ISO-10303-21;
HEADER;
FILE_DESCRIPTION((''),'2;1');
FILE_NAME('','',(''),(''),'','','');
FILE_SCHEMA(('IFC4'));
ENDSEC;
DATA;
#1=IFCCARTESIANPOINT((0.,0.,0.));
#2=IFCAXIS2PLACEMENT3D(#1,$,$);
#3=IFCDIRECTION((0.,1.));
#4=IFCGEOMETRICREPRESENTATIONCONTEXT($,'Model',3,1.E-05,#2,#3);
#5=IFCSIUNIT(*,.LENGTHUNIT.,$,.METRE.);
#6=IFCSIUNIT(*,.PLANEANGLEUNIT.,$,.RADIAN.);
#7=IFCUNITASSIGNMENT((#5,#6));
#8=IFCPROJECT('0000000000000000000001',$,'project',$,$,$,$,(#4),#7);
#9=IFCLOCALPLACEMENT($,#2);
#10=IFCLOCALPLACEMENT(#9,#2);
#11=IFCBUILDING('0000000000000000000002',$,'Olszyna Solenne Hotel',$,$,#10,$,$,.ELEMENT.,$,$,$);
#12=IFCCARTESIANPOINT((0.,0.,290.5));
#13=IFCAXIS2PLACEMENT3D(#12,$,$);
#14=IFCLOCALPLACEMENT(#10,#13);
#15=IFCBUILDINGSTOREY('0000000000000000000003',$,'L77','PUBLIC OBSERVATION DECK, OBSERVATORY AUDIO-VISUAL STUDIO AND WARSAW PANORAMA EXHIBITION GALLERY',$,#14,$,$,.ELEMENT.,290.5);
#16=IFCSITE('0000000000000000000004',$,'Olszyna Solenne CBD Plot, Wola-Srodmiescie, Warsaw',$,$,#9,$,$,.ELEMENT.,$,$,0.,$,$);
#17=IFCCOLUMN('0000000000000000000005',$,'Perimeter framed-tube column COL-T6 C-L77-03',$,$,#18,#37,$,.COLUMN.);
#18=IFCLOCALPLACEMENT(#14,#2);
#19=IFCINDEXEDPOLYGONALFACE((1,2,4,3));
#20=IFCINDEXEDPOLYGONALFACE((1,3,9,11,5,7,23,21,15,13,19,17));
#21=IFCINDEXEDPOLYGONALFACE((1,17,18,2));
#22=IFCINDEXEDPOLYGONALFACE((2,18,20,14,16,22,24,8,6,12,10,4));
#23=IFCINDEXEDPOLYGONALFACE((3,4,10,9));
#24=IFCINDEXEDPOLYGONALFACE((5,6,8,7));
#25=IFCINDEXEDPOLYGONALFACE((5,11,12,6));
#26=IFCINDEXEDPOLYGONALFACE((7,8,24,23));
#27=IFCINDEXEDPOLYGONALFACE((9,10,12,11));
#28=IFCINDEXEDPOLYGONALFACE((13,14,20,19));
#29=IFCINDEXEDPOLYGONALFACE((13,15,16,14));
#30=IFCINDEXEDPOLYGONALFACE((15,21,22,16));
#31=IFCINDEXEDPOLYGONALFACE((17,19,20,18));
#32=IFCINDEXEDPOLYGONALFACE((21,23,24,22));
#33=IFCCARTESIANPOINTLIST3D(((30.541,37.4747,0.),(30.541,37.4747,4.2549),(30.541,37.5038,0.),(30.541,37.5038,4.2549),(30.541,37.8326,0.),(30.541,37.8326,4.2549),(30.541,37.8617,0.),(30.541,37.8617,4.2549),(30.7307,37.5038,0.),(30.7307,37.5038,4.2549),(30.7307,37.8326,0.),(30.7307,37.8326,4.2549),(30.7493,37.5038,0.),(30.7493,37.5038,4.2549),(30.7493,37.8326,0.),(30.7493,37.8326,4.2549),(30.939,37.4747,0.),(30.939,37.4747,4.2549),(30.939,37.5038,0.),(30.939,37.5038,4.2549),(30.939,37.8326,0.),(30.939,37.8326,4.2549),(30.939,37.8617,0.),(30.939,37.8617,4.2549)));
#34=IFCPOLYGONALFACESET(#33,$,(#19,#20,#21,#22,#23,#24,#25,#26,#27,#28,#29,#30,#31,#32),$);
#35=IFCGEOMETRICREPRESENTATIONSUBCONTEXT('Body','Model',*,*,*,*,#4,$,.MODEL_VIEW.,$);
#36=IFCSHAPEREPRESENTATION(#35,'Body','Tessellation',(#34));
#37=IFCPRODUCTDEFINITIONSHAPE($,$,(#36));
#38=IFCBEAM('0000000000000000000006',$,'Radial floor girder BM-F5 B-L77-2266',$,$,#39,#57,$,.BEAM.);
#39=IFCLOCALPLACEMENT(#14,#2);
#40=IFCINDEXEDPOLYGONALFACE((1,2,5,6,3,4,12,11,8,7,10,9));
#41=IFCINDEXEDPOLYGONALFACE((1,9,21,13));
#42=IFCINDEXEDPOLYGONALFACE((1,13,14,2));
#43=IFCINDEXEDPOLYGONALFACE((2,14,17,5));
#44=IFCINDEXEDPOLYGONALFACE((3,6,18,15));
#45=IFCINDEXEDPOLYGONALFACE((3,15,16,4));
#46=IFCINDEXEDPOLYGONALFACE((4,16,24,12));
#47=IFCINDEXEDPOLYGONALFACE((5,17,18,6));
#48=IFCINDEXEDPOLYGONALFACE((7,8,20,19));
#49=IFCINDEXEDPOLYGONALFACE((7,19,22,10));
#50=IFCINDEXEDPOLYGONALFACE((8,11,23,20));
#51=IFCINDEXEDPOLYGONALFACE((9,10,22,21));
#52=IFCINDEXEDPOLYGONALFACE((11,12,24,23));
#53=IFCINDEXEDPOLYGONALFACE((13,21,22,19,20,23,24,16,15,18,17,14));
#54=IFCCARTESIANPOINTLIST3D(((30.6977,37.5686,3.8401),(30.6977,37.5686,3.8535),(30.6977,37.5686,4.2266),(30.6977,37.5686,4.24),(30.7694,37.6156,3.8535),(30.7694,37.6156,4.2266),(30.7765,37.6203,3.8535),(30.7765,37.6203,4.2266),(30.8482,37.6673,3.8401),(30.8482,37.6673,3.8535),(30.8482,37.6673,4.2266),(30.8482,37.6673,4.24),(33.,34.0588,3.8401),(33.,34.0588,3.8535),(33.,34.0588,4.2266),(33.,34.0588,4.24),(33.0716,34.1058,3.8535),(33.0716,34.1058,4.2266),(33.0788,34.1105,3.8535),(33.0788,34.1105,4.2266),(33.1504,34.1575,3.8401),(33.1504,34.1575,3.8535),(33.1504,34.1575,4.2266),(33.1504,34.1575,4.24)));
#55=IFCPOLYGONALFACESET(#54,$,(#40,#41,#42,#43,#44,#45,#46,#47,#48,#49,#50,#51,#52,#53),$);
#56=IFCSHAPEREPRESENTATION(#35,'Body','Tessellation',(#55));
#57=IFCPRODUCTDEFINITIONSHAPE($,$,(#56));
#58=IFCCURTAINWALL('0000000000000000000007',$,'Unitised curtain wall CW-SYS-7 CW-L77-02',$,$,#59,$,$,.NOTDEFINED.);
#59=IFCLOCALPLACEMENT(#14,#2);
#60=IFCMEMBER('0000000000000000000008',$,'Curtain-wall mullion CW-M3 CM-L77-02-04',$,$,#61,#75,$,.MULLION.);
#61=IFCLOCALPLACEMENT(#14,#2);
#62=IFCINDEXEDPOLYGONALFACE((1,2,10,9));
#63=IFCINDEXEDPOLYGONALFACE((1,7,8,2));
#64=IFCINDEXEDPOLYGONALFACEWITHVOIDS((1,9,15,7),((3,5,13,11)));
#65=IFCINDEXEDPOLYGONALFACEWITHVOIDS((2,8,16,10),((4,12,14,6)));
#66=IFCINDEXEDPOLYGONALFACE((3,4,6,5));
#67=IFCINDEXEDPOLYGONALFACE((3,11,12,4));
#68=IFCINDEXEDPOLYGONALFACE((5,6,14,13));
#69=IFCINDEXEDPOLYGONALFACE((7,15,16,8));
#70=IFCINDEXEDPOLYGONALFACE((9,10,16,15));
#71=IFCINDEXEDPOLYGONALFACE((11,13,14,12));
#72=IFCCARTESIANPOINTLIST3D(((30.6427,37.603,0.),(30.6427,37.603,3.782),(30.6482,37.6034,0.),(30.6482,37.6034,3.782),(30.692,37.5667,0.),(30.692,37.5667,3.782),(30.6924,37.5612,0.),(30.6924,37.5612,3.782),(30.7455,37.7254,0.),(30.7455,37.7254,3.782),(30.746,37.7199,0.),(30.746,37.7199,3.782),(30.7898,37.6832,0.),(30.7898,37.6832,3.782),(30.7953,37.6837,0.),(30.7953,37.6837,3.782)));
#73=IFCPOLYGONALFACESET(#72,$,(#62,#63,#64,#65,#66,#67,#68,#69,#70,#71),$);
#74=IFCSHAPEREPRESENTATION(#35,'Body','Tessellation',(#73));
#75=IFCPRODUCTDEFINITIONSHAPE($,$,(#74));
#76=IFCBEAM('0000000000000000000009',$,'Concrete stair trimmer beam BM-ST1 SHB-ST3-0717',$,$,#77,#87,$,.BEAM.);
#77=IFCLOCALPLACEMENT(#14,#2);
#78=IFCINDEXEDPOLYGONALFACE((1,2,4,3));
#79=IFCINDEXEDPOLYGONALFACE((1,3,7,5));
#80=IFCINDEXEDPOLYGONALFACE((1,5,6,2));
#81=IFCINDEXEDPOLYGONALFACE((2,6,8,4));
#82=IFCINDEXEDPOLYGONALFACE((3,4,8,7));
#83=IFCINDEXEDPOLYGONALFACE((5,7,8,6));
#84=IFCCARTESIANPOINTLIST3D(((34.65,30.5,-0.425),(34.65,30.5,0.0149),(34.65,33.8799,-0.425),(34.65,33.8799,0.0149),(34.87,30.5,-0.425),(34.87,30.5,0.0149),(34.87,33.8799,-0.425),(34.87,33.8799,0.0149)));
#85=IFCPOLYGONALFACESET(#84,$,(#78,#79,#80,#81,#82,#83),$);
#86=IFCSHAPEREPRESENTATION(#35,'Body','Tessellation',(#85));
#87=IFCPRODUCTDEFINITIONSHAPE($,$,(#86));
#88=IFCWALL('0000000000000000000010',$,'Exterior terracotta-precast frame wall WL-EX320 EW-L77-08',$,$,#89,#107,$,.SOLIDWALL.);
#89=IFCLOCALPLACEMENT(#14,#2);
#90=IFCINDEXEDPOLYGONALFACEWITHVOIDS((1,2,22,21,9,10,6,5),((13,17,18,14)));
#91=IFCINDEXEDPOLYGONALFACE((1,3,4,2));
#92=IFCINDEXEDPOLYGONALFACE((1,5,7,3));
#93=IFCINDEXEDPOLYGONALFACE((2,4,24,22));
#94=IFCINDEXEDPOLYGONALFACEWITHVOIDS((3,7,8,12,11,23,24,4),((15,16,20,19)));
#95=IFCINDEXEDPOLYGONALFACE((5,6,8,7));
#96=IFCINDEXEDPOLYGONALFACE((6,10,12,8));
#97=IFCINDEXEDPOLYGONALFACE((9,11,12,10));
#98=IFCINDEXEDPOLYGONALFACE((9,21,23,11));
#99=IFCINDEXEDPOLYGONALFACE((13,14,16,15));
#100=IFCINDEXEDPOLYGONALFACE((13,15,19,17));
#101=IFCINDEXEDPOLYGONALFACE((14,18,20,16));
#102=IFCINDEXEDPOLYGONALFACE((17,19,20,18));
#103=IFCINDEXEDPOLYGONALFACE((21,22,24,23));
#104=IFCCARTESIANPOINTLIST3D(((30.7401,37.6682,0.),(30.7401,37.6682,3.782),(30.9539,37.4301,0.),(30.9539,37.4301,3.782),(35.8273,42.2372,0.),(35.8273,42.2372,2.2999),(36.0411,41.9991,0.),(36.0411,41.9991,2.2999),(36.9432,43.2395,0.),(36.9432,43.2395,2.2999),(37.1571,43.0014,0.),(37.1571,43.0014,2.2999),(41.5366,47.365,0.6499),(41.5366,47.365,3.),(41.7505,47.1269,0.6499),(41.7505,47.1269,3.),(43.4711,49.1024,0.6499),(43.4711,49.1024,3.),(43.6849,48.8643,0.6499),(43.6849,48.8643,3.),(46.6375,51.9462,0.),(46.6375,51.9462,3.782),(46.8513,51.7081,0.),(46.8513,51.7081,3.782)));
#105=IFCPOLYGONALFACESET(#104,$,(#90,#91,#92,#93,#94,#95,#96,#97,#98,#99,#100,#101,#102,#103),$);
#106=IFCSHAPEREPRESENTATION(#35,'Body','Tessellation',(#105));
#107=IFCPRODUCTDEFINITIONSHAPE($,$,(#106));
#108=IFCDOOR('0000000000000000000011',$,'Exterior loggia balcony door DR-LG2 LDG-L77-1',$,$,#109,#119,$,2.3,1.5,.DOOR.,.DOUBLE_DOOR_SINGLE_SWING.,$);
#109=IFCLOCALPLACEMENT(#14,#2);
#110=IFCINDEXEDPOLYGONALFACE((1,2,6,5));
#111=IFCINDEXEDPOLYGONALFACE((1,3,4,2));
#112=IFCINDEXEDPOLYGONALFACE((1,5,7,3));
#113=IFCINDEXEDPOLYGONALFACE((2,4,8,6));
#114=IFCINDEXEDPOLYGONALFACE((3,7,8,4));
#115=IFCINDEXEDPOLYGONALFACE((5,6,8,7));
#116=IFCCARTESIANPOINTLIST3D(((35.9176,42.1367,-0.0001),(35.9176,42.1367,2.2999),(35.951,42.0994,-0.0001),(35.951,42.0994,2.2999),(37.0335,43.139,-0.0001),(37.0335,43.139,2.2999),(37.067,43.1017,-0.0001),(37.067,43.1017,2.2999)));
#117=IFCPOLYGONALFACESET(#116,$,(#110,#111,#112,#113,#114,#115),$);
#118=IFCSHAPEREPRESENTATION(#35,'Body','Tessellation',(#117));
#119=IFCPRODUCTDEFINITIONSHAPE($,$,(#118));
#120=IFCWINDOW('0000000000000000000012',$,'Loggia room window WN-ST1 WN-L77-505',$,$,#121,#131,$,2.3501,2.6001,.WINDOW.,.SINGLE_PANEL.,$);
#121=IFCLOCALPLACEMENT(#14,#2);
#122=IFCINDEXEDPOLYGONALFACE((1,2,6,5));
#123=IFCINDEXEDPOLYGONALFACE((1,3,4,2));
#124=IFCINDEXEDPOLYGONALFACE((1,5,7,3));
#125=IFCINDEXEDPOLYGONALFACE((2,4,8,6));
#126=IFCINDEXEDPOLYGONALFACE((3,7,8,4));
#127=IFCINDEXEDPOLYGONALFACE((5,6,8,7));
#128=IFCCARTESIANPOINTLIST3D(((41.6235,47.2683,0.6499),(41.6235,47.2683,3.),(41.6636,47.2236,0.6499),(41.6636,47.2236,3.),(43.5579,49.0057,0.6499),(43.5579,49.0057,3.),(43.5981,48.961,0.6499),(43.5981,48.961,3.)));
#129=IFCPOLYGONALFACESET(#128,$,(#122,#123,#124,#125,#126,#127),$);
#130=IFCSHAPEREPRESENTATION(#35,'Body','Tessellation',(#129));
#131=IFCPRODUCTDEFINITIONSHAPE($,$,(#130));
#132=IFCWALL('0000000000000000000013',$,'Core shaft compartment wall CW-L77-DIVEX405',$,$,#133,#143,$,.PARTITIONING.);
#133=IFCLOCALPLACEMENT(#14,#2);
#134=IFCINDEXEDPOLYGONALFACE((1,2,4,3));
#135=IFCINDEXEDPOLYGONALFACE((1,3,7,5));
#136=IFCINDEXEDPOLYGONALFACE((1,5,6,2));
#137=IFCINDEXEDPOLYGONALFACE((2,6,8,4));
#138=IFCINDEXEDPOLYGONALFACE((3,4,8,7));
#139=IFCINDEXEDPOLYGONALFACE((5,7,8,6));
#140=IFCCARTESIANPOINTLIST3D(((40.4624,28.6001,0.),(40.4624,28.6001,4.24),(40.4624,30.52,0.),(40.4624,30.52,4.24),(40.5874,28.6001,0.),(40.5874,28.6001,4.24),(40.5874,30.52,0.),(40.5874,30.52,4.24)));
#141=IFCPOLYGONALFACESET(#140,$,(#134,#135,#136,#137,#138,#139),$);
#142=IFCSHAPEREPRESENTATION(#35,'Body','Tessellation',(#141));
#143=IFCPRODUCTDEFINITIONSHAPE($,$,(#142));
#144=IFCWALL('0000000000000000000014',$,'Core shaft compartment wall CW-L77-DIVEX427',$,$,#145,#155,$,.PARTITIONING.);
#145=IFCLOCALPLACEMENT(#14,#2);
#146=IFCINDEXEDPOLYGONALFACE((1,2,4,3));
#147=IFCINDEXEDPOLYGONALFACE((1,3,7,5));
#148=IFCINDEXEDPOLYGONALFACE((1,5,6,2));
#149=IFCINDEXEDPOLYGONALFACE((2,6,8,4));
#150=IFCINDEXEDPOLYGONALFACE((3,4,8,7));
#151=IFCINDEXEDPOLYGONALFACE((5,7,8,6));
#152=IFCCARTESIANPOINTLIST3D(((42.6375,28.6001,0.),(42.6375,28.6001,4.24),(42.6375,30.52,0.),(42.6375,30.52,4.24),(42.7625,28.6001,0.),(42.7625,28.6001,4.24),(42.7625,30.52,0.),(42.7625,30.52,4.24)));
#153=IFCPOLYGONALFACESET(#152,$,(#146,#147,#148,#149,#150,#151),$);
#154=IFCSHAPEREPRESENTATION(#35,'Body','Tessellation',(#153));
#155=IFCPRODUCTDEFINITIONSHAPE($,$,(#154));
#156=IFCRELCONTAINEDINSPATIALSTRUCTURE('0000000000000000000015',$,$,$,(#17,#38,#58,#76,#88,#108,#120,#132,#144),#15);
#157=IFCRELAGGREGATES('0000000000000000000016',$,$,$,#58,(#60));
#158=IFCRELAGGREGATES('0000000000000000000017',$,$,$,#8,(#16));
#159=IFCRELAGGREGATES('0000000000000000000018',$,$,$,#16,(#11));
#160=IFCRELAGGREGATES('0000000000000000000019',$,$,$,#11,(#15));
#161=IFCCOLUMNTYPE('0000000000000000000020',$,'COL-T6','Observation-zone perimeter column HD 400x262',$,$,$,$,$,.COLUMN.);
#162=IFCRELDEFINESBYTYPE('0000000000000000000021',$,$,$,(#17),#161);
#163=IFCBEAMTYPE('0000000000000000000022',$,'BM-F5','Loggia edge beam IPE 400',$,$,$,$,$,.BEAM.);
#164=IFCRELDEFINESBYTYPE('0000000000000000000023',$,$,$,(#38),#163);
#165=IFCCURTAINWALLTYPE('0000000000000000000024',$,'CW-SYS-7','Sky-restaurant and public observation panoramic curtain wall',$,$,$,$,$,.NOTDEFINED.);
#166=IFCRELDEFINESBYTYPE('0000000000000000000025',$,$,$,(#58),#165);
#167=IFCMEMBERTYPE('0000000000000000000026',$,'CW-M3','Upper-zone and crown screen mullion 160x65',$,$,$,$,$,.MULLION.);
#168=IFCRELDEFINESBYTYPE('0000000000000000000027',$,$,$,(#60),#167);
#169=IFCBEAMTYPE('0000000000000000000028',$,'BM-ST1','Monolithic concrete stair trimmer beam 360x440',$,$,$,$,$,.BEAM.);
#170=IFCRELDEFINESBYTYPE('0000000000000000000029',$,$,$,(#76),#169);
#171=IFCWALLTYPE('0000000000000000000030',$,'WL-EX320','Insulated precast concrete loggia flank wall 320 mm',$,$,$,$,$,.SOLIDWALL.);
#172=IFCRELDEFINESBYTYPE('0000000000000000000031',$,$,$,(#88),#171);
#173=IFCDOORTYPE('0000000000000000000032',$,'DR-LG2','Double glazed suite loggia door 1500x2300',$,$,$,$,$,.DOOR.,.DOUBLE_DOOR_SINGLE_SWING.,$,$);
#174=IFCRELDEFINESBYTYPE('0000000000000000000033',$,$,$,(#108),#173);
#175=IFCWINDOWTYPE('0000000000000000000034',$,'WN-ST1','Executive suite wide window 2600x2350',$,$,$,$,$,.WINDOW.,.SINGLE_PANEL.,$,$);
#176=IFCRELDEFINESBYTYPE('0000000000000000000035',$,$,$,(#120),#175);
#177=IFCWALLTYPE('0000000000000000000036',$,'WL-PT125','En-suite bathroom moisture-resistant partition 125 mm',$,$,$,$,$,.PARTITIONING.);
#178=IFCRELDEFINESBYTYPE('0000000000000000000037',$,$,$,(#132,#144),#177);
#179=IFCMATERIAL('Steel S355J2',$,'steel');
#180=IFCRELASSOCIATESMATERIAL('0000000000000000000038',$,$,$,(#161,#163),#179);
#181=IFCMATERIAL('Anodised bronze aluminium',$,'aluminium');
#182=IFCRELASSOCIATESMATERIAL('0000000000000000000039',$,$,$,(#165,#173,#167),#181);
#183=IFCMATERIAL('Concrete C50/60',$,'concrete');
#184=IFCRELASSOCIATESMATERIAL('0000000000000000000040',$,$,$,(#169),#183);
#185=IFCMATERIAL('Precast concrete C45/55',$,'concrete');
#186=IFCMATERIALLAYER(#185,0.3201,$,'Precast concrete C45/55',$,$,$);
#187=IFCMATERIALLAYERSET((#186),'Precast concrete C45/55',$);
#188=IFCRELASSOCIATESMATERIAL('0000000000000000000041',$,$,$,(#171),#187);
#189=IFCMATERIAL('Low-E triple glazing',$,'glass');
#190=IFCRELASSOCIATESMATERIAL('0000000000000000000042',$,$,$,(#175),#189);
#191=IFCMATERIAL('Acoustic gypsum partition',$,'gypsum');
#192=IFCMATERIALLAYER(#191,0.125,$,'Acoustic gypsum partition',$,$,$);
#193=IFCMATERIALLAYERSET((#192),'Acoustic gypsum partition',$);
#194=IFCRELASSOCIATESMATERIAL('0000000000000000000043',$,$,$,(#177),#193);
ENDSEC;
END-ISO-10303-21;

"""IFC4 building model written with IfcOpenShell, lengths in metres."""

from ifc_helpers import new_model, si_unit, direction, frame, frame_2d, origin, origin_2d, place, context, subcontext, project, spatial, rectangle, hollow_rectangle, i_section, extrude, source, transform, mapped, material, layer, layer_set, material_profile, profile_set, type_object, type_shapes, element, fill, aggregate, save


model = new_model("IFC4")

# Units and contexts
model_context = context("Model", 3, precision=1e-05, world=origin(), true_north=direction((0.0, 1.0)))
body_context = subcontext(model_context, "Body", "Model", "MODEL_VIEW")
ifc_project = project(units=[si_unit("LENGTHUNIT", "METRE"), si_unit("PLANEANGLEUNIT", "RADIAN")], contexts=[model_context])

# Site, building, storey
site_placement = place(None, origin())
site = spatial("IfcSite", under=ifc_project, at=site_placement, Name="Olszyna Solenne CBD Plot, Wola-Srodmiescie, Warsaw", CompositionType="ELEMENT", RefElevation=0.0)
building_placement = place(site_placement, origin())
building = spatial("IfcBuilding", under=site, at=building_placement, Name="Olszyna Solenne Hotel", CompositionType="ELEMENT")
storey_placement = place(building_placement, frame((0.0, 0.0, 290.5)))
storey = spatial("IfcBuildingStorey", under=building, at=storey_placement, Name="L77", Description="PUBLIC OBSERVATION DECK, OBSERVATORY AUDIO-VISUAL STUDIO AND WARSAW PANORAMA EXHIBITION GALLERY", CompositionType="ELEMENT", Elevation=290.5)

# Column
ifc_material_1 = material(Name="Steel S355J2", Category="steel")
ifc_material_profile_1 = material_profile(ifc_material_1, i_section(OverallWidth=0.3979, OverallDepth=0.387, WebThickness=0.0186, FlangeThickness=0.0291, at=origin_2d()), Name="HD 400x262", Category="load-bearing")
ifc_profile_set_1 = profile_set([ifc_material_profile_1], Name="Steel S355J2")
column_type = type_object("IfcColumnType", Name="COL-T6", Description="Observation-zone perimeter column HD 400x262", PredefinedType="COLUMN", material=ifc_profile_set_1)
shared_shape_1 = source(origin(), body_context, "Body", "SweptSolid", [
    extrude(i_section(OverallWidth=0.3979, OverallDepth=0.387, WebThickness=0.0186, FlangeThickness=0.0291, at=origin_2d()), origin(), (0.0, 0.0, 1.0), 4.2549),
])
column_placement = place(storey_placement, frame((30.74, 37.6682, 0.0), z_axis=(0.0, 0.0, 1.0), x_axis=(1.0, 0.0, 0.0)))
element("IfcColumn", 1, at=column_placement, inside=storey, type_object=column_type, Name="Perimeter framed-tube column COL-T6 C-L77-03", PredefinedType="COLUMN", context=body_context, shape_type="MappedRepresentation", body=[
    mapped(shared_shape_1, transform((0.0, 0.0, 0.0), x_axis=(1.0, 0.0, 0.0), y_axis=(0.0, 1.0, 0.0), z_axis=(0.0, 0.0, 1.0), scale=1.0)),
])

# Beam
ifc_material_profile_2 = material_profile(ifc_material_1, i_section(OverallWidth=0.1799, OverallDepth=0.3999, WebThickness=0.0085, FlangeThickness=0.0134, at=origin_2d()), Name="IPE 400", Category="load-bearing")
ifc_profile_set_2 = profile_set([ifc_material_profile_2], Name="Steel S355J2")
beam_type_1 = type_object("IfcBeamType", Name="BM-F5", Description="Loggia edge beam IPE 400", PredefinedType="BEAM", material=ifc_profile_set_2)
shared_shape_2 = source(origin(), body_context, "Body", "SweptSolid", [
    extrude(i_section(OverallWidth=0.1799, OverallDepth=0.3999, WebThickness=0.0085, FlangeThickness=0.0134, at=origin_2d()), origin(), (0.0, 0.0, 1.0), 4.1975),
])
beam_1_placement = place(storey_placement, frame((30.7729, 37.6179, 4.04), z_axis=(0.548484, -0.836161, 0.0), x_axis=(0.836161, 0.548484, 0.0)))
element("IfcBeam", 2, at=beam_1_placement, inside=storey, type_object=beam_type_1, Name="Radial floor girder BM-F5 B-L77-2266", PredefinedType="BEAM", context=body_context, shape_type="MappedRepresentation", body=[
    mapped(shared_shape_2, transform((0.0, 0.0, 0.0), x_axis=(1.0, 0.0, 0.0), y_axis=(0.0, 1.0, 0.0), z_axis=(0.0, 0.0, 1.0), scale=1.0)),
])

# Curtain wall, member
ifc_material_2 = material(Name="Anodised bronze aluminium", Category="aluminium")
curtain_wall_type = type_object("IfcCurtainWallType", Name="CW-SYS-7", Description="Sky-restaurant and public observation panoramic curtain wall", PredefinedType="NOTDEFINED", material=ifc_material_2)
curtain_wall_placement = place(storey_placement, origin())
curtain_wall = element("IfcCurtainWall", 3, at=curtain_wall_placement, inside=storey, type_object=curtain_wall_type, Name="Unitised curtain wall CW-SYS-7 CW-L77-02", PredefinedType="NOTDEFINED")
ifc_material_profile_3 = material_profile(ifc_material_2, hollow_rectangle(XDim=0.0649, YDim=0.1599, WallThickness=0.0039, at=origin_2d()), Name="MULL 160x65x4", Category="load-bearing")
ifc_profile_set_3 = profile_set([ifc_material_profile_3], Name="Anodised bronze aluminium")
member_type = type_object("IfcMemberType", Name="CW-M3", Description="Upper-zone and crown screen mullion 160x65", PredefinedType="MULLION", material=ifc_profile_set_3)
shared_shape_3 = source(origin(), body_context, "Body", "SweptSolid", [
    extrude(hollow_rectangle(XDim=0.0649, YDim=0.1599, WallThickness=0.0039, at=origin_2d()), origin(), (0.0, 0.0, 1.0), 3.782),
])
member_placement = place(storey_placement, frame((30.719, 37.6433, 0.0), z_axis=(0.0, 0.0, 1.0), x_axis=(-0.765808, 0.643069, 0.0)))
member = element("IfcMember", 4, at=member_placement, type_object=member_type, Name="Curtain-wall mullion CW-M3 CM-L77-02-04", PredefinedType="MULLION", context=body_context, shape_type="MappedRepresentation", body=[
    mapped(shared_shape_3, transform((0.0, 0.0, 0.0), x_axis=(1.0, 0.0, 0.0), y_axis=(0.0, 1.0, 0.0), z_axis=(0.0, 0.0, 1.0), scale=1.0)),
])
aggregate(curtain_wall, [member])

# Beam
ifc_material_3 = material(Name="Concrete C50/60", Category="concrete")
ifc_material_profile_4 = material_profile(ifc_material_3, rectangle(XDim=0.22, YDim=0.4399, at=origin_2d()), Name="RC 220x440", Category="load-bearing")
ifc_profile_set_4 = profile_set([ifc_material_profile_4], Name="Concrete C50/60")
beam_type_2 = type_object("IfcBeamType", Name="BM-ST1", Description="Monolithic concrete stair trimmer beam 360x440", PredefinedType="BEAM", material=ifc_profile_set_4)
shared_shape_4 = source(origin(), body_context, "Body", "SweptSolid", [
    extrude(rectangle(XDim=0.22, YDim=0.4399, at=origin_2d()), origin(), (0.0, 0.0, 1.0), 3.3799),
])
beam_2_placement = place(storey_placement, frame((34.76, 30.5, -0.2051), z_axis=(0.0, 1.0, 0.0), x_axis=(-1.0, 0.0, 0.0)))
element("IfcBeam", 5, at=beam_2_placement, inside=storey, type_object=beam_type_2, Name="Concrete stair trimmer beam BM-ST1 SHB-ST3-0717", PredefinedType="BEAM", context=body_context, shape_type="MappedRepresentation", body=[
    mapped(shared_shape_4, transform((0.0, 0.0, 0.0), x_axis=(1.0, 0.0, 0.0), y_axis=(0.0, 1.0, 0.0), z_axis=(0.0, 0.0, 1.0), scale=1.0)),
])

# Wall, openings, door, window
ifc_material_4 = material(Name="Precast concrete C45/55", Category="concrete")
ifc_layer_1 = layer(ifc_material_4, 0.3201, Name="Precast concrete C45/55")
ifc_layer_set_1 = layer_set([ifc_layer_1], Name="Precast concrete C45/55")
wall_type_1 = type_object("IfcWallType", Name="WL-EX320", Description="Insulated precast concrete loggia flank wall 320 mm", PredefinedType="SOLIDWALL", material=ifc_layer_set_1)
wall_1_placement = place(storey_placement, frame((30.8469, 37.5491, 0.0), z_axis=(0.0, 0.0, 1.0), x_axis=(0.743983, 0.668198, 0.0)))
wall_1 = element("IfcWall", 6, at=wall_1_placement, inside=storey, type_object=wall_type_1, Name="Exterior terracotta-precast frame wall WL-EX320 EW-L77-08", PredefinedType="SOLIDWALL", context=body_context, shape_type="SweptSolid", body=[
    extrude(rectangle(XDim=21.3679, YDim=0.3201, at=frame_2d((10.6841, 0.0))), origin(), (0.0, 0.0, 1.0), 3.782),
])
opening_1_placement = place(wall_1_placement, frame((6.8379, 0.0, 0.0)))
opening_1 = element("IfcOpeningElement", 7, at=opening_1_placement, cuts=wall_1, PredefinedType="OPENING", context=body_context, shape_type="SweptSolid", body=[
    extrude(rectangle(XDim=1.5, YDim=2.3, at=frame_2d((0.75, 1.1499))), frame((0.0, 0.1699, 0.0), z_axis=(0.0, -1.0, 0.0), x_axis=(1.0, 0.0, 0.0)), (0.0, 0.0, 1.0), 0.3401),
])
opening_2_placement = place(wall_1_placement, frame((14.512, 0.0, 0.6499)))
opening_2 = element("IfcOpeningElement", 8, at=opening_2_placement, cuts=wall_1, PredefinedType="OPENING", context=body_context, shape_type="SweptSolid", body=[
    extrude(rectangle(XDim=2.6001, YDim=2.3501, at=frame_2d((1.3, 1.175))), frame((0.0, 0.1699, 0.0), z_axis=(0.0, -1.0, 0.0), x_axis=(1.0, 0.0, 0.0)), (0.0, 0.0, 1.0), 0.3401),
])
door_type = type_object("IfcDoorType", Name="DR-LG2", Description="Double glazed suite loggia door 1500x2300", OperationType="DOUBLE_DOOR_SINGLE_SWING", PredefinedType="DOOR", material=ifc_material_2)
shared_shape_5 = source(origin(), body_context, "Body", "SweptSolid", [
    extrude(rectangle(XDim=1.5, YDim=2.3, at=frame_2d((0.75, 1.1499))), frame((0.0, 0.0249, 0.0), z_axis=(0.0, -1.0, 0.0), x_axis=(1.0, 0.0, 0.0)), (0.0, 0.0, 1.0), 0.05),
])
type_shapes(door_type, [shared_shape_5])
door_placement = place(opening_1_placement, origin())
door = element("IfcDoor", 9, at=door_placement, inside=storey, type_object=door_type, Name="Exterior loggia balcony door DR-LG2 LDG-L77-1", OperationType="DOUBLE_DOOR_SINGLE_SWING", OverallHeight=2.3, OverallWidth=1.5, PredefinedType="DOOR", context=body_context, shape_type="MappedRepresentation", body=[
    mapped(shared_shape_5, transform((0.0, 0.0, 0.0), x_axis=(1.0, 0.0, 0.0), y_axis=(0.0, 1.0, 0.0), z_axis=(0.0, 0.0, 1.0), scale=1.0)),
])
fill(opening_1, door)
ifc_material_5 = material(Name="Low-E triple glazing", Category="glass")
window_type = type_object("IfcWindowType", Name="WN-ST1", Description="Executive suite wide window 2600x2350", PartitioningType="SINGLE_PANEL", PredefinedType="WINDOW", material=ifc_material_5)
shared_shape_6 = source(origin(), body_context, "Body", "SweptSolid", [
    extrude(rectangle(XDim=2.6001, YDim=2.3501, at=frame_2d((1.3, 1.175))), frame((0.0, 0.03, 0.0), z_axis=(0.0, -1.0, 0.0), x_axis=(1.0, 0.0, 0.0)), (0.0, 0.0, 1.0), 0.0601),
])
type_shapes(window_type, [shared_shape_6])
window_placement = place(opening_2_placement, origin())
window = element("IfcWindow", 10, at=window_placement, inside=storey, type_object=window_type, Name="Loggia room window WN-ST1 WN-L77-505", OverallHeight=2.3501, OverallWidth=2.6001, PartitioningType="SINGLE_PANEL", PredefinedType="WINDOW", context=body_context, shape_type="MappedRepresentation", body=[
    mapped(shared_shape_6, transform((0.0, 0.0, 0.0), x_axis=(1.0, 0.0, 0.0), y_axis=(0.0, 1.0, 0.0), z_axis=(0.0, 0.0, 1.0), scale=1.0)),
])
fill(opening_2, window)

# Walls
ifc_material_6 = material(Name="Acoustic gypsum partition", Category="gypsum")
ifc_layer_2 = layer(ifc_material_6, 0.125, Name="Acoustic gypsum partition")
ifc_layer_set_2 = layer_set([ifc_layer_2], Name="Acoustic gypsum partition")
wall_type_2 = type_object("IfcWallType", Name="WL-PT125", Description="En-suite bathroom moisture-resistant partition 125 mm", PredefinedType="PARTITIONING", material=ifc_layer_set_2)
for number, where, z_axis, x_axis, name in (
    (11, (40.5249, 28.6001, 0.0), (0.0, 0.0, 1.0), (0.0, 1.0, 0.0), "Core shaft compartment wall CW-L77-DIVEX405"),
    (12, (42.7, 28.6001, 0.0), (0.0, 0.0, 1.0), (0.0, 1.0, 0.0), "Core shaft compartment wall CW-L77-DIVEX427"),
):
    element("IfcWall", number, at=place(storey_placement, frame(where, z_axis=z_axis, x_axis=x_axis)), inside=storey, type_object=wall_type_2, Name=name, PredefinedType="PARTITIONING", context=body_context, shape_type="SweptSolid", body=[
        extrude(rectangle(XDim=1.9199, YDim=0.125, at=frame_2d((0.96, 0.0))), origin(), (0.0, 0.0, 1.0), 4.24),
    ])

save(model, "model.ifc")
